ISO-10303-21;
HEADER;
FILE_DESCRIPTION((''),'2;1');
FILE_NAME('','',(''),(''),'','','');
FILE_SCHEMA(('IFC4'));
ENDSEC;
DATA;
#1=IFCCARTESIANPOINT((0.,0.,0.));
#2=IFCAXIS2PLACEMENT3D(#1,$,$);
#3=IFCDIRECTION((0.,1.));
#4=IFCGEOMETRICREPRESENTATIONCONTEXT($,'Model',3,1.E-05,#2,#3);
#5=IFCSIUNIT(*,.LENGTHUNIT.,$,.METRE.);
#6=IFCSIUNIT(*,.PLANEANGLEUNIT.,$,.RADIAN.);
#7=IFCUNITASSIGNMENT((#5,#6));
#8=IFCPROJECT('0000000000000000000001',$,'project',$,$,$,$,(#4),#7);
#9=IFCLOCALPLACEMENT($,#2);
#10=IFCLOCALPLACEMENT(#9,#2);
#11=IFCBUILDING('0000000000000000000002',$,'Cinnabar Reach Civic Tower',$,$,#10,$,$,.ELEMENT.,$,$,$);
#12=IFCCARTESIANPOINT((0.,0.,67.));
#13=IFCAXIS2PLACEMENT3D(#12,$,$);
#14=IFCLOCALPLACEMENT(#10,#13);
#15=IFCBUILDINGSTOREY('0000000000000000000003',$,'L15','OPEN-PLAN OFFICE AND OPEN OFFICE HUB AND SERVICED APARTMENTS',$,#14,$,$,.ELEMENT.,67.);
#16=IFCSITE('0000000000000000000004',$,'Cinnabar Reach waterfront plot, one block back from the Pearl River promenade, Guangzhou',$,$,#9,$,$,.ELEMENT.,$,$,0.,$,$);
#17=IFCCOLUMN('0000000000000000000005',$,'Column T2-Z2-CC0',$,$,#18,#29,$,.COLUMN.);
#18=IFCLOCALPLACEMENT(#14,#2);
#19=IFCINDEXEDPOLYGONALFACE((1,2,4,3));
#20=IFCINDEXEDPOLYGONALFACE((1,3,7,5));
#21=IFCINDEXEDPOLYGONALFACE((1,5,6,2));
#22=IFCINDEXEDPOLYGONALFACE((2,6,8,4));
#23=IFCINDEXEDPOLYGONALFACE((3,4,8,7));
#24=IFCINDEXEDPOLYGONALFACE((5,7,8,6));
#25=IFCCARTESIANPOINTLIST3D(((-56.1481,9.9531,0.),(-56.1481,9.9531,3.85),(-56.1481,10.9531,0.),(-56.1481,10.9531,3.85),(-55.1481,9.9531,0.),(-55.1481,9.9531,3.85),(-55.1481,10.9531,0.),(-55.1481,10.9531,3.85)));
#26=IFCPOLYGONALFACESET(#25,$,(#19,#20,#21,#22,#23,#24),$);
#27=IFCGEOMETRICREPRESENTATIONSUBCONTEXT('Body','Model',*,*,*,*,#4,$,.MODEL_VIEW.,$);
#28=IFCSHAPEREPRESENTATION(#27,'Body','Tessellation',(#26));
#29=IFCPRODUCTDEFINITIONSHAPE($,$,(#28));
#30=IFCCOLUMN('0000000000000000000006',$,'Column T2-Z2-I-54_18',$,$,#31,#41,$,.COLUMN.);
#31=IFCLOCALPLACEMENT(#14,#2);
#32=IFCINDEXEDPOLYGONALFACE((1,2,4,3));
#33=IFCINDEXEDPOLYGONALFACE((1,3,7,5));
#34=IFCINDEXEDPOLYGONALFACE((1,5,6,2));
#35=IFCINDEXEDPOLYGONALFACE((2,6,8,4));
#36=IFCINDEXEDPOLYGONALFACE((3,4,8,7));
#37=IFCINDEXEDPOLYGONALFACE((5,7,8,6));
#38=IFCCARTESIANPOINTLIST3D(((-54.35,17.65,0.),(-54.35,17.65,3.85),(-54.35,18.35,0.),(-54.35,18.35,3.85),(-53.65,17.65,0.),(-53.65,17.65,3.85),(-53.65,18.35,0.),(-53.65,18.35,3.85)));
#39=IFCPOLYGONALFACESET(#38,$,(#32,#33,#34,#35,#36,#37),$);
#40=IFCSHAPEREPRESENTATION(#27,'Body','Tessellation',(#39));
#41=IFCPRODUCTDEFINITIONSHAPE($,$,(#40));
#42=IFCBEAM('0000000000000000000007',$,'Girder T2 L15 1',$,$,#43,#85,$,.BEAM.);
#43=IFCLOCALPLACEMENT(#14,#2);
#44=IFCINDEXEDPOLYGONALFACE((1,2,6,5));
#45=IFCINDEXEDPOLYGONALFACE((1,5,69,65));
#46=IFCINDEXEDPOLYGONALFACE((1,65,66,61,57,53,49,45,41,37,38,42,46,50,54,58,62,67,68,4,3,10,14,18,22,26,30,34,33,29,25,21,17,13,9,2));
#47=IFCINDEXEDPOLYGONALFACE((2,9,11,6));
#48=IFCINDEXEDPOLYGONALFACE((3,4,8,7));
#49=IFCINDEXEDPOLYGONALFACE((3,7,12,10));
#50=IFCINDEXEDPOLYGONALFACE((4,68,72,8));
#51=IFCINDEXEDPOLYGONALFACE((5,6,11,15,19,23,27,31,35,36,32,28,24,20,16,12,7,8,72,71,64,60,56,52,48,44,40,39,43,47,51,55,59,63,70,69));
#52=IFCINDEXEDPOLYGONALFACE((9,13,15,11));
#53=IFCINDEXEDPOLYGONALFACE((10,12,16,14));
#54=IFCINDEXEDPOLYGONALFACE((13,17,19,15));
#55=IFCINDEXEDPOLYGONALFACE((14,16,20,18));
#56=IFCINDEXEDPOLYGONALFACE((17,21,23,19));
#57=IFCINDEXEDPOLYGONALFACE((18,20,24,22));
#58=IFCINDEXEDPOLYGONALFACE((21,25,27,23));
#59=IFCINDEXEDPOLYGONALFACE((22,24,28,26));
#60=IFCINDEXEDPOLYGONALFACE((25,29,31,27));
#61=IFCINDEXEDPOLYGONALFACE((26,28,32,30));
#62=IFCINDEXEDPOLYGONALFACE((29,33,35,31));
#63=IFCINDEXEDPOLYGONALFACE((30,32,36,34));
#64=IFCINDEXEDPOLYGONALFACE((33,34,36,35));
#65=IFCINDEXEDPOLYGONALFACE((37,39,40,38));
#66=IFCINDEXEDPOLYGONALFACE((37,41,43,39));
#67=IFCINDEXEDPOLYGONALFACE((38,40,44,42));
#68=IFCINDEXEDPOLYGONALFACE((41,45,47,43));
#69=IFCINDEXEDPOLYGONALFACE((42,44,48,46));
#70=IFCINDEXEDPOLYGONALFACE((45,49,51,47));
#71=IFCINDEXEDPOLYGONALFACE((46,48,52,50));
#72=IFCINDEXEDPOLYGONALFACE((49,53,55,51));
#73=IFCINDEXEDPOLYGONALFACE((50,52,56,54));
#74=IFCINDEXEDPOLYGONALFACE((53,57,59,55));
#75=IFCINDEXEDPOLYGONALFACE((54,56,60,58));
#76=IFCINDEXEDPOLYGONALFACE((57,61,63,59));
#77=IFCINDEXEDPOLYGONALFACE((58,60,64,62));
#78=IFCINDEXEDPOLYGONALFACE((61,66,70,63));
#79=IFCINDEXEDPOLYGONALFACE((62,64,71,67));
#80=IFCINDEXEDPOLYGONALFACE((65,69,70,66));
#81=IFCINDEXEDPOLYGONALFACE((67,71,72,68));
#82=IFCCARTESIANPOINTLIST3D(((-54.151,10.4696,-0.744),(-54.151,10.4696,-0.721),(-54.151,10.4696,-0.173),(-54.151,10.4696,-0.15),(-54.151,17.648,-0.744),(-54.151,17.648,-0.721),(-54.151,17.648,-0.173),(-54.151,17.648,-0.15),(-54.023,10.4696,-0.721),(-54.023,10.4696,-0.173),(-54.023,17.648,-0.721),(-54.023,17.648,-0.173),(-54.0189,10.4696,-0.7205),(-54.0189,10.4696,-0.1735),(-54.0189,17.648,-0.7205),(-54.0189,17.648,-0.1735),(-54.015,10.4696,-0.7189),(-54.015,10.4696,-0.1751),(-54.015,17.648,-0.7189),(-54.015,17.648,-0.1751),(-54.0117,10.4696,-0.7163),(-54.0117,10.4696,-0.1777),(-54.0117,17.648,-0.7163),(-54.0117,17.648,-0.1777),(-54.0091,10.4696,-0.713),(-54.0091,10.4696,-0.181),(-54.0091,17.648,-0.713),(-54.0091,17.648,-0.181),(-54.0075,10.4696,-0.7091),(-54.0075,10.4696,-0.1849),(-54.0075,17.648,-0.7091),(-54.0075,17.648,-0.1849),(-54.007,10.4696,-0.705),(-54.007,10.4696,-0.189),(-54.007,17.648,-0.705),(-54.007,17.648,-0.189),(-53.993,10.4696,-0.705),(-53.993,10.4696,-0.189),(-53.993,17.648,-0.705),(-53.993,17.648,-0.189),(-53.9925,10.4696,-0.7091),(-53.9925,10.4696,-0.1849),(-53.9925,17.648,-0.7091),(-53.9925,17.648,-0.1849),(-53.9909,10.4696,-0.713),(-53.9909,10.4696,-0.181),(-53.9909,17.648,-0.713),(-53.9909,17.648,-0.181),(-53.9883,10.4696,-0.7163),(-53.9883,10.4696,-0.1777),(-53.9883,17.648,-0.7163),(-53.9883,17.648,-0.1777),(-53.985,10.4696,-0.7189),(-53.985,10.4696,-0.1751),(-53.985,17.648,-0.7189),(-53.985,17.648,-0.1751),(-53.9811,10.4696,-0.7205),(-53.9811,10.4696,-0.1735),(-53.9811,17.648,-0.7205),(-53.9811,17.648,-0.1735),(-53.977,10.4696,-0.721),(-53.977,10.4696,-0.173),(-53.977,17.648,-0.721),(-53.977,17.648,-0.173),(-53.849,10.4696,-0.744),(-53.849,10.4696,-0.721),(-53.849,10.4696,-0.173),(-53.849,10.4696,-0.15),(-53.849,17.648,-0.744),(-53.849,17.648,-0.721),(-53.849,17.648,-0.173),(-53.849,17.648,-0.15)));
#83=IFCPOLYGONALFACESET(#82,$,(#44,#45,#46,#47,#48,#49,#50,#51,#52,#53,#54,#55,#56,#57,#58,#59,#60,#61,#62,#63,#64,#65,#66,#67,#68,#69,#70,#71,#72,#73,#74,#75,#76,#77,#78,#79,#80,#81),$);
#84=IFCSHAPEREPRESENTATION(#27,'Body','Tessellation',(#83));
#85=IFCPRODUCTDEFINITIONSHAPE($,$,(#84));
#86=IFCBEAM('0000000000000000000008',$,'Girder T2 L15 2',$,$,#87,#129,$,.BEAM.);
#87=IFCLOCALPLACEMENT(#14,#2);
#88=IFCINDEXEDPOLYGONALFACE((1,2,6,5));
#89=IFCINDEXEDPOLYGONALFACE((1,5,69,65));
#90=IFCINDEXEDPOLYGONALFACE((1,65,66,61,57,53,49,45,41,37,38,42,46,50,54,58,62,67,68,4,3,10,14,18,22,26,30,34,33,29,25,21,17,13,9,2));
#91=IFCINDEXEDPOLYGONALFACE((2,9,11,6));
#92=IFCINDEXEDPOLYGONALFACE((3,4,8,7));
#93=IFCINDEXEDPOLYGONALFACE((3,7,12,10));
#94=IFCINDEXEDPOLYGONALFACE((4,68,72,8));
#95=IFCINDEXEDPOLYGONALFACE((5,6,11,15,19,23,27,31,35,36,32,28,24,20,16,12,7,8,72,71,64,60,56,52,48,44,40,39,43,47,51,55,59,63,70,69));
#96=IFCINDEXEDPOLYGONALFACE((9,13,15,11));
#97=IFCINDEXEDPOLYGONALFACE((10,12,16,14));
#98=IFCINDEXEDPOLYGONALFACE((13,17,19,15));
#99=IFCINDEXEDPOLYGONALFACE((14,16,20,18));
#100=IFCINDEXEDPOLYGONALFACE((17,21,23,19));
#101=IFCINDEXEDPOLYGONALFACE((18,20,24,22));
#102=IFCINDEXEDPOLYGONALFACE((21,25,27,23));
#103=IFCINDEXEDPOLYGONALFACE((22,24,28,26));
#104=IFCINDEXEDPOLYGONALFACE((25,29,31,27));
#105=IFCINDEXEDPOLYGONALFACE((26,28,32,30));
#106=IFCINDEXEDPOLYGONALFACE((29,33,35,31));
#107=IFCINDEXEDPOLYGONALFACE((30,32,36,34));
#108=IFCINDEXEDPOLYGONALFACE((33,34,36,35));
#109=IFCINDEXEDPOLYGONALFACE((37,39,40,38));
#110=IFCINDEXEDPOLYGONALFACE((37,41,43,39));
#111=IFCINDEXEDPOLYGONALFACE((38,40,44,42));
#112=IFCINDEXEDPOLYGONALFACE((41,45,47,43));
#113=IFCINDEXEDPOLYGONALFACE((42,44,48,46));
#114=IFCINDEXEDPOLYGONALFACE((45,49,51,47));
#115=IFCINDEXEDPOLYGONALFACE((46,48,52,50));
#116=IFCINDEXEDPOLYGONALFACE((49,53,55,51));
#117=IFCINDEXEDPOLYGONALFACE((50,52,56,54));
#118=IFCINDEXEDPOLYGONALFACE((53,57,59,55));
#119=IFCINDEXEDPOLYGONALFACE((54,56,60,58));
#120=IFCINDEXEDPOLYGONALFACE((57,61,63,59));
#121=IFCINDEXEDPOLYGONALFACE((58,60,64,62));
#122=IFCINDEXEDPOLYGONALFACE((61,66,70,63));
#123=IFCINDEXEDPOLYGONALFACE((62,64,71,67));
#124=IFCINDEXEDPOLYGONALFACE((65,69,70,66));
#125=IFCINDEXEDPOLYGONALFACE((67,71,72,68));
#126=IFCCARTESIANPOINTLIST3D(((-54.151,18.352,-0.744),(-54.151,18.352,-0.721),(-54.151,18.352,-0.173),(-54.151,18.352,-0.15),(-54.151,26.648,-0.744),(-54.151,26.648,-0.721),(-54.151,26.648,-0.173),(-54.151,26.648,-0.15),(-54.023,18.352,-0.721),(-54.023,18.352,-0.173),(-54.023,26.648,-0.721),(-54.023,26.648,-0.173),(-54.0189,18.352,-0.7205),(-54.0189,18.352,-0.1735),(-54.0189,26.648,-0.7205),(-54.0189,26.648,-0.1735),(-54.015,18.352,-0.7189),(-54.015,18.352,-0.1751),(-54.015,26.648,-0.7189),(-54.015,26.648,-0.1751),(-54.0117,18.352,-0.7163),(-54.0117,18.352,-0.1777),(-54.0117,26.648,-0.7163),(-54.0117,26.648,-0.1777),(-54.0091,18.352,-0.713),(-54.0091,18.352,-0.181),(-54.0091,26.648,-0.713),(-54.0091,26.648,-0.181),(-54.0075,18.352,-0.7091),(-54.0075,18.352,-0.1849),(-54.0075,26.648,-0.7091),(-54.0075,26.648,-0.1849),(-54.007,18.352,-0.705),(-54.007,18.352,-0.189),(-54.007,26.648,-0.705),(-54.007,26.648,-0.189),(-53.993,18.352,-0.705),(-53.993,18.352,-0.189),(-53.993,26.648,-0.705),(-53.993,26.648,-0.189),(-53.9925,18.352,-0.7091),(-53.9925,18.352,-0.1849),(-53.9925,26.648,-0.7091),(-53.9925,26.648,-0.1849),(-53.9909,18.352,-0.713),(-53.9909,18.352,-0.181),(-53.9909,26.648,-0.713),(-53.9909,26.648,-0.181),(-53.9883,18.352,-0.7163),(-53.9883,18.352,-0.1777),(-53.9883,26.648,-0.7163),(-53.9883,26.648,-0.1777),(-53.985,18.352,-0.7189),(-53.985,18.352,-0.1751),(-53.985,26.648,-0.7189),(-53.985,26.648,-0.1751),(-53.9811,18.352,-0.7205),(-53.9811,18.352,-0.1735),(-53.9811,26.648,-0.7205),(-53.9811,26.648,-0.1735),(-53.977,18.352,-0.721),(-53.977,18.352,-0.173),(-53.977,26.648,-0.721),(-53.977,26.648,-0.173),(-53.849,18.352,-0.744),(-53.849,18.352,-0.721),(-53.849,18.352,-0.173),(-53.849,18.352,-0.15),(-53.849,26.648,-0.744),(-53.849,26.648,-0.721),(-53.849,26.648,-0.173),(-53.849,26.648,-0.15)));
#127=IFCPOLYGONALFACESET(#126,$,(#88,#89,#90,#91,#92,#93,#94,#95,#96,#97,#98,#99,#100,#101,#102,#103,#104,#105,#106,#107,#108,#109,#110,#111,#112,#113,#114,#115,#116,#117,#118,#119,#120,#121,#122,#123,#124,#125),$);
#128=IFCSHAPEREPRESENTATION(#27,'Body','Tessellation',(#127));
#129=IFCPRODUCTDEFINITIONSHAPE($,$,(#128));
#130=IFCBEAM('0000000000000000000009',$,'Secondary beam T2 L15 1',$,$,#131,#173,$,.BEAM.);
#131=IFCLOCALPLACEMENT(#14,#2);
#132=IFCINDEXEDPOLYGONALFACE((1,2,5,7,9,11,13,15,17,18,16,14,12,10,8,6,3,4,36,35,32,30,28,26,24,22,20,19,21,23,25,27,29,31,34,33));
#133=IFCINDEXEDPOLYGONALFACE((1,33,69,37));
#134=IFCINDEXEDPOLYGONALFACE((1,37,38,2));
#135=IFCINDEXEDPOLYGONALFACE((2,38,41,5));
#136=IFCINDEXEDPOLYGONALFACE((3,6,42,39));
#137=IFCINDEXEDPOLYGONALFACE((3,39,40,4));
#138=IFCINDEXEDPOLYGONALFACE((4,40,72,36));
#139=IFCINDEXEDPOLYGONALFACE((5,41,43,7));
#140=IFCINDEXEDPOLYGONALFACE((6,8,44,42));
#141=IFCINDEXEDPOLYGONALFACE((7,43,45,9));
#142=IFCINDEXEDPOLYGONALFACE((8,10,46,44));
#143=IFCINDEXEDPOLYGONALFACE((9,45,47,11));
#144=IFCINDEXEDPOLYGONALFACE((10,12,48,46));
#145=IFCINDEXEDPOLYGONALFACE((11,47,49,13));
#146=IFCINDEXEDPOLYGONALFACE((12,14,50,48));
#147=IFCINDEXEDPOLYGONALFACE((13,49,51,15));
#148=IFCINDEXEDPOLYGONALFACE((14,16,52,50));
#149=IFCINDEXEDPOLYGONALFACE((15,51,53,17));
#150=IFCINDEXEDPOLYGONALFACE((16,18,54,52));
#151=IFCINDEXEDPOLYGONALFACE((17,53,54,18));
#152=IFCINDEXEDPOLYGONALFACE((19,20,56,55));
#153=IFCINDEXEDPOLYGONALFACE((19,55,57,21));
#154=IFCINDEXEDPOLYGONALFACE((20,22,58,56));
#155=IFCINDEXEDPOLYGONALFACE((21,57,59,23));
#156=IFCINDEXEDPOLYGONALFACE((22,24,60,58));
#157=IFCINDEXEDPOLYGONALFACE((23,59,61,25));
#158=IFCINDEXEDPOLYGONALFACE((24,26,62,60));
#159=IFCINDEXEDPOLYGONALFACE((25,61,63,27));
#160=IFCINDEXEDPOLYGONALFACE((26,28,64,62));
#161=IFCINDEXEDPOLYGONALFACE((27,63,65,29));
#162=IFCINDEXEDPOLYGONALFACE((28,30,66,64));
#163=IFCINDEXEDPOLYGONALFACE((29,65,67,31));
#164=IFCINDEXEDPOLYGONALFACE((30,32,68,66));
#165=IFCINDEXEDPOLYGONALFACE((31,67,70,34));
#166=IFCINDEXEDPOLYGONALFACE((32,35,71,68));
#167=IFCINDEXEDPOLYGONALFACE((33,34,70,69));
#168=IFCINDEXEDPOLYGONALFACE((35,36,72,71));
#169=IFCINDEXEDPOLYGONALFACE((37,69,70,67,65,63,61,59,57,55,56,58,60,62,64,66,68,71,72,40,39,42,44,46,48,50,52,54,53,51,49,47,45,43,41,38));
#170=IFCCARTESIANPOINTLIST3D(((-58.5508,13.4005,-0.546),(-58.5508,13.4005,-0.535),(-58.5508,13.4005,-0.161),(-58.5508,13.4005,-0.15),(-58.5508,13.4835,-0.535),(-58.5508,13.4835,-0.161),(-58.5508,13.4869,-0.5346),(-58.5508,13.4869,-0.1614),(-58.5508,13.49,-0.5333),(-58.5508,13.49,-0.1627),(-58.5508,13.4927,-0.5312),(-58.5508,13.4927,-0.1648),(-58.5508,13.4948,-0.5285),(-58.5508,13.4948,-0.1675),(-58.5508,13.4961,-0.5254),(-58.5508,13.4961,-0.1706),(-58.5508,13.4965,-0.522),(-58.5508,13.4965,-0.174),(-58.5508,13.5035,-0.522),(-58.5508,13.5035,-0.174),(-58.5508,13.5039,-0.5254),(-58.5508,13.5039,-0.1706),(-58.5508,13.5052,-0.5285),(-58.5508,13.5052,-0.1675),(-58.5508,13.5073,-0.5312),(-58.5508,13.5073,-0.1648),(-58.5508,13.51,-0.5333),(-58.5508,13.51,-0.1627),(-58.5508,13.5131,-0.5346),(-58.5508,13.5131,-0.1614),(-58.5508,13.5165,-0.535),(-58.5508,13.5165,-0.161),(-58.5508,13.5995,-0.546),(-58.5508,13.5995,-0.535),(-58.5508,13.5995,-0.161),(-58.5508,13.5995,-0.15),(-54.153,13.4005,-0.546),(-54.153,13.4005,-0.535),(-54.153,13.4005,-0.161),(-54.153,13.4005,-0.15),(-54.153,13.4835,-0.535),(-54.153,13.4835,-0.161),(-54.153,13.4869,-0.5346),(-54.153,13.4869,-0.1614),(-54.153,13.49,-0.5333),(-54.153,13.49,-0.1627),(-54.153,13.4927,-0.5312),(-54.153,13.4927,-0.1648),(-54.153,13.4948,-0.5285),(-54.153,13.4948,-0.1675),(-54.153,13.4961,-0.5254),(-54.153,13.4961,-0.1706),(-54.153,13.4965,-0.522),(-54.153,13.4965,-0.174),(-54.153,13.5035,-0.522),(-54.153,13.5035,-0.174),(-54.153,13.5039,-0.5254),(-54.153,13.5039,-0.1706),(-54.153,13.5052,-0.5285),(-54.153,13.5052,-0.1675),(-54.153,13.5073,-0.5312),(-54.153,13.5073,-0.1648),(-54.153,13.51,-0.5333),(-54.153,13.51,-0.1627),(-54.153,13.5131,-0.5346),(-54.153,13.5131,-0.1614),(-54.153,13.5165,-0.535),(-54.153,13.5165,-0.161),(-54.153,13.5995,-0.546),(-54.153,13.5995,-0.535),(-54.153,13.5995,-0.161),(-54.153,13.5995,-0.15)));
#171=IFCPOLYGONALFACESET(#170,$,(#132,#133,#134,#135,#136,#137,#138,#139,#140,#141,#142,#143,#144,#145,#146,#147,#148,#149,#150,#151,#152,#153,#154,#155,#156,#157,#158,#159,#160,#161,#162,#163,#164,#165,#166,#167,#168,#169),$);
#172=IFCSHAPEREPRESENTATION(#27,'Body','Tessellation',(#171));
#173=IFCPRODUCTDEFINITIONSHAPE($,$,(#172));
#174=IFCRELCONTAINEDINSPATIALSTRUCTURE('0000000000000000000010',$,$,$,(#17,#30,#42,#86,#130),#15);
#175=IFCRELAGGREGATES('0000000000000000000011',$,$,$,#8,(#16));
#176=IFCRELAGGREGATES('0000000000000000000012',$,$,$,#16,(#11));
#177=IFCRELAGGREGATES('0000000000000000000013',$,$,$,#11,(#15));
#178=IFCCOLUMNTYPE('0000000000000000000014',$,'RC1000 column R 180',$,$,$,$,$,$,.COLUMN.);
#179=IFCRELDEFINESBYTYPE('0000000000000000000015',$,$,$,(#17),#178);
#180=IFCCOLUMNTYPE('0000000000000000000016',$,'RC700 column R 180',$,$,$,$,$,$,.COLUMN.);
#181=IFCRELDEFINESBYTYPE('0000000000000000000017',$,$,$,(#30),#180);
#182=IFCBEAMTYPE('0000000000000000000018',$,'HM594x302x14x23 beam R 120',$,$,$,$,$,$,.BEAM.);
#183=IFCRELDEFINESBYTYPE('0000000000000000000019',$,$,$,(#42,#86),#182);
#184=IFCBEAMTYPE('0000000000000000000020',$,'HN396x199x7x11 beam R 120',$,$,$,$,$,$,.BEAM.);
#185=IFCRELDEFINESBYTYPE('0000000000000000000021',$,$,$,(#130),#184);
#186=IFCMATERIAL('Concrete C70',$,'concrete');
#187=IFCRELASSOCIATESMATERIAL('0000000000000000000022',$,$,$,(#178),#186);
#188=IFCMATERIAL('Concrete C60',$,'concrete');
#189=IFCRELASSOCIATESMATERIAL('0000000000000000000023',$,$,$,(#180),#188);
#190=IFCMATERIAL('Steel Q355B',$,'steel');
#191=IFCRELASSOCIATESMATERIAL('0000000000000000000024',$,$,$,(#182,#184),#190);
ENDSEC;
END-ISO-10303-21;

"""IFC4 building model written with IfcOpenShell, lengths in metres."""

from ifc_helpers import new_model, si_unit, direction, frame, origin, origin_2d, place, context, subcontext, project, spatial, rectangle, i_section, extrude, material, material_profile, profile_set, type_object, element, save


model = new_model("IFC4")

# Units and contexts
model_context = context("Model", 3, precision=1e-05, world=origin(), true_north=direction((0.0, 1.0)))
body_context = subcontext(model_context, "Body", "Model", "MODEL_VIEW")
ifc_project = project(units=[si_unit("LENGTHUNIT", "METRE"), si_unit("PLANEANGLEUNIT", "RADIAN")], contexts=[model_context])

# Site, building, storey
site_placement = place(None, origin())
site = spatial("IfcSite", under=ifc_project, at=site_placement, Name="Cinnabar Reach waterfront plot, one block back from the Pearl River promenade, Guangzhou", CompositionType="ELEMENT", RefElevation=0.0)
building_placement = place(site_placement, origin())
building = spatial("IfcBuilding", under=site, at=building_placement, Name="Cinnabar Reach Civic Tower", CompositionType="ELEMENT")
storey_placement = place(building_placement, frame((0.0, 0.0, 67.0)))
storey = spatial("IfcBuildingStorey", under=building, at=storey_placement, Name="L15", Description="OPEN-PLAN OFFICE AND OPEN OFFICE HUB AND SERVICED APARTMENTS", CompositionType="ELEMENT", Elevation=67.0)

# Columns
ifc_material_1 = material(Name="Concrete C70", Category="concrete")
ifc_material_profile_1 = material_profile(ifc_material_1, rectangle(XDim=1.0, YDim=1.0, at=origin_2d()), Name="RC1000")
ifc_profile_set_1 = profile_set([ifc_material_profile_1], Name="Concrete C70")
column_type_1 = type_object("IfcColumnType", Name="RC1000 column R 180", PredefinedType="COLUMN", material=ifc_profile_set_1)
column_1_placement = place(storey_placement, frame((-55.6481, 10.4531, 0.0), z_axis=(0.0, 0.0, 1.0), x_axis=(1.0, 0.0, 0.0)))
element("IfcColumn", 1, at=column_1_placement, inside=storey, type_object=column_type_1, Name="Column T2-Z2-CC0", PredefinedType="COLUMN", context=body_context, shape_type="SweptSolid", body=[
    extrude(rectangle(XDim=1.0, YDim=1.0, at=origin_2d()), origin(), (0.0, 0.0, 1.0), 3.85),
])
ifc_material_2 = material(Name="Concrete C60", Category="concrete")
ifc_material_profile_2 = material_profile(ifc_material_2, rectangle(XDim=0.7, YDim=0.7, at=origin_2d()), Name="RC700")
ifc_profile_set_2 = profile_set([ifc_material_profile_2], Name="Concrete C60")
column_type_2 = type_object("IfcColumnType", Name="RC700 column R 180", PredefinedType="COLUMN", material=ifc_profile_set_2)
column_2_placement = place(storey_placement, frame((-54.0, 18.0, 0.0), z_axis=(0.0, 0.0, 1.0), x_axis=(1.0, 0.0, 0.0)))
element("IfcColumn", 2, at=column_2_placement, inside=storey, type_object=column_type_2, Name="Column T2-Z2-I-54_18", PredefinedType="COLUMN", context=body_context, shape_type="SweptSolid", body=[
    extrude(rectangle(XDim=0.7, YDim=0.7, at=origin_2d()), origin(), (0.0, 0.0, 1.0), 3.85),
])

# Beams
ifc_material_3 = material(Name="Steel Q355B", Category="steel")
ifc_material_profile_3 = material_profile(ifc_material_3, i_section(OverallWidth=0.302, OverallDepth=0.594, WebThickness=0.014, FlangeThickness=0.023, FilletRadius=0.016, at=origin_2d()), Name="HM594x302x14x23")
ifc_profile_set_3 = profile_set([ifc_material_profile_3], Name="Steel Q355B")
beam_type_1 = type_object("IfcBeamType", Name="HM594x302x14x23 beam R 120", PredefinedType="BEAM", material=ifc_profile_set_3)
beam_1_placement = place(storey_placement, frame((-54.0, 10.4696, -0.447), z_axis=(0.0, 1.0, 0.0), x_axis=(-1.0, 0.0, 0.0)))
element("IfcBeam", 3, at=beam_1_placement, inside=storey, type_object=beam_type_1, Name="Girder T2 L15 1", PredefinedType="BEAM", context=body_context, shape_type="SweptSolid", body=[
    extrude(i_section(OverallWidth=0.302, OverallDepth=0.594, WebThickness=0.014, FlangeThickness=0.023, FilletRadius=0.016, at=origin_2d()), origin(), (0.0, 0.0, 1.0), 7.1784),
])
beam_2_placement = place(storey_placement, frame((-54.0, 18.352, -0.447), z_axis=(0.0, 1.0, 0.0), x_axis=(-1.0, 0.0, 0.0)))
element("IfcBeam", 4, at=beam_2_placement, inside=storey, type_object=beam_type_1, Name="Girder T2 L15 2", PredefinedType="BEAM", context=body_context, shape_type="SweptSolid", body=[
    extrude(i_section(OverallWidth=0.302, OverallDepth=0.594, WebThickness=0.014, FlangeThickness=0.023, FilletRadius=0.016, at=origin_2d()), origin(), (0.0, 0.0, 1.0), 8.296),
])
ifc_material_profile_4 = material_profile(ifc_material_3, i_section(OverallWidth=0.199, OverallDepth=0.396, WebThickness=0.007, FlangeThickness=0.011, FilletRadius=0.013, at=origin_2d()), Name="HN396x199x7x11")
ifc_profile_set_4 = profile_set([ifc_material_profile_4], Name="Steel Q355B")
beam_type_2 = type_object("IfcBeamType", Name="HN396x199x7x11 beam R 120", PredefinedType="BEAM", material=ifc_profile_set_4)
beam_3_placement = place(storey_placement, frame((-58.5508, 13.5, -0.348), z_axis=(1.0, 0.0, 0.0), x_axis=(0.0, 1.0, 0.0)))
element("IfcBeam", 5, at=beam_3_placement, inside=storey, type_object=beam_type_2, Name="Secondary beam T2 L15 1", PredefinedType="BEAM", context=body_context, shape_type="SweptSolid", body=[
    extrude(i_section(OverallWidth=0.199, OverallDepth=0.396, WebThickness=0.007, FlangeThickness=0.011, FilletRadius=0.013, at=origin_2d()), origin(), (0.0, 0.0, 1.0), 4.3978),
])

save(model, "model.ifc")
